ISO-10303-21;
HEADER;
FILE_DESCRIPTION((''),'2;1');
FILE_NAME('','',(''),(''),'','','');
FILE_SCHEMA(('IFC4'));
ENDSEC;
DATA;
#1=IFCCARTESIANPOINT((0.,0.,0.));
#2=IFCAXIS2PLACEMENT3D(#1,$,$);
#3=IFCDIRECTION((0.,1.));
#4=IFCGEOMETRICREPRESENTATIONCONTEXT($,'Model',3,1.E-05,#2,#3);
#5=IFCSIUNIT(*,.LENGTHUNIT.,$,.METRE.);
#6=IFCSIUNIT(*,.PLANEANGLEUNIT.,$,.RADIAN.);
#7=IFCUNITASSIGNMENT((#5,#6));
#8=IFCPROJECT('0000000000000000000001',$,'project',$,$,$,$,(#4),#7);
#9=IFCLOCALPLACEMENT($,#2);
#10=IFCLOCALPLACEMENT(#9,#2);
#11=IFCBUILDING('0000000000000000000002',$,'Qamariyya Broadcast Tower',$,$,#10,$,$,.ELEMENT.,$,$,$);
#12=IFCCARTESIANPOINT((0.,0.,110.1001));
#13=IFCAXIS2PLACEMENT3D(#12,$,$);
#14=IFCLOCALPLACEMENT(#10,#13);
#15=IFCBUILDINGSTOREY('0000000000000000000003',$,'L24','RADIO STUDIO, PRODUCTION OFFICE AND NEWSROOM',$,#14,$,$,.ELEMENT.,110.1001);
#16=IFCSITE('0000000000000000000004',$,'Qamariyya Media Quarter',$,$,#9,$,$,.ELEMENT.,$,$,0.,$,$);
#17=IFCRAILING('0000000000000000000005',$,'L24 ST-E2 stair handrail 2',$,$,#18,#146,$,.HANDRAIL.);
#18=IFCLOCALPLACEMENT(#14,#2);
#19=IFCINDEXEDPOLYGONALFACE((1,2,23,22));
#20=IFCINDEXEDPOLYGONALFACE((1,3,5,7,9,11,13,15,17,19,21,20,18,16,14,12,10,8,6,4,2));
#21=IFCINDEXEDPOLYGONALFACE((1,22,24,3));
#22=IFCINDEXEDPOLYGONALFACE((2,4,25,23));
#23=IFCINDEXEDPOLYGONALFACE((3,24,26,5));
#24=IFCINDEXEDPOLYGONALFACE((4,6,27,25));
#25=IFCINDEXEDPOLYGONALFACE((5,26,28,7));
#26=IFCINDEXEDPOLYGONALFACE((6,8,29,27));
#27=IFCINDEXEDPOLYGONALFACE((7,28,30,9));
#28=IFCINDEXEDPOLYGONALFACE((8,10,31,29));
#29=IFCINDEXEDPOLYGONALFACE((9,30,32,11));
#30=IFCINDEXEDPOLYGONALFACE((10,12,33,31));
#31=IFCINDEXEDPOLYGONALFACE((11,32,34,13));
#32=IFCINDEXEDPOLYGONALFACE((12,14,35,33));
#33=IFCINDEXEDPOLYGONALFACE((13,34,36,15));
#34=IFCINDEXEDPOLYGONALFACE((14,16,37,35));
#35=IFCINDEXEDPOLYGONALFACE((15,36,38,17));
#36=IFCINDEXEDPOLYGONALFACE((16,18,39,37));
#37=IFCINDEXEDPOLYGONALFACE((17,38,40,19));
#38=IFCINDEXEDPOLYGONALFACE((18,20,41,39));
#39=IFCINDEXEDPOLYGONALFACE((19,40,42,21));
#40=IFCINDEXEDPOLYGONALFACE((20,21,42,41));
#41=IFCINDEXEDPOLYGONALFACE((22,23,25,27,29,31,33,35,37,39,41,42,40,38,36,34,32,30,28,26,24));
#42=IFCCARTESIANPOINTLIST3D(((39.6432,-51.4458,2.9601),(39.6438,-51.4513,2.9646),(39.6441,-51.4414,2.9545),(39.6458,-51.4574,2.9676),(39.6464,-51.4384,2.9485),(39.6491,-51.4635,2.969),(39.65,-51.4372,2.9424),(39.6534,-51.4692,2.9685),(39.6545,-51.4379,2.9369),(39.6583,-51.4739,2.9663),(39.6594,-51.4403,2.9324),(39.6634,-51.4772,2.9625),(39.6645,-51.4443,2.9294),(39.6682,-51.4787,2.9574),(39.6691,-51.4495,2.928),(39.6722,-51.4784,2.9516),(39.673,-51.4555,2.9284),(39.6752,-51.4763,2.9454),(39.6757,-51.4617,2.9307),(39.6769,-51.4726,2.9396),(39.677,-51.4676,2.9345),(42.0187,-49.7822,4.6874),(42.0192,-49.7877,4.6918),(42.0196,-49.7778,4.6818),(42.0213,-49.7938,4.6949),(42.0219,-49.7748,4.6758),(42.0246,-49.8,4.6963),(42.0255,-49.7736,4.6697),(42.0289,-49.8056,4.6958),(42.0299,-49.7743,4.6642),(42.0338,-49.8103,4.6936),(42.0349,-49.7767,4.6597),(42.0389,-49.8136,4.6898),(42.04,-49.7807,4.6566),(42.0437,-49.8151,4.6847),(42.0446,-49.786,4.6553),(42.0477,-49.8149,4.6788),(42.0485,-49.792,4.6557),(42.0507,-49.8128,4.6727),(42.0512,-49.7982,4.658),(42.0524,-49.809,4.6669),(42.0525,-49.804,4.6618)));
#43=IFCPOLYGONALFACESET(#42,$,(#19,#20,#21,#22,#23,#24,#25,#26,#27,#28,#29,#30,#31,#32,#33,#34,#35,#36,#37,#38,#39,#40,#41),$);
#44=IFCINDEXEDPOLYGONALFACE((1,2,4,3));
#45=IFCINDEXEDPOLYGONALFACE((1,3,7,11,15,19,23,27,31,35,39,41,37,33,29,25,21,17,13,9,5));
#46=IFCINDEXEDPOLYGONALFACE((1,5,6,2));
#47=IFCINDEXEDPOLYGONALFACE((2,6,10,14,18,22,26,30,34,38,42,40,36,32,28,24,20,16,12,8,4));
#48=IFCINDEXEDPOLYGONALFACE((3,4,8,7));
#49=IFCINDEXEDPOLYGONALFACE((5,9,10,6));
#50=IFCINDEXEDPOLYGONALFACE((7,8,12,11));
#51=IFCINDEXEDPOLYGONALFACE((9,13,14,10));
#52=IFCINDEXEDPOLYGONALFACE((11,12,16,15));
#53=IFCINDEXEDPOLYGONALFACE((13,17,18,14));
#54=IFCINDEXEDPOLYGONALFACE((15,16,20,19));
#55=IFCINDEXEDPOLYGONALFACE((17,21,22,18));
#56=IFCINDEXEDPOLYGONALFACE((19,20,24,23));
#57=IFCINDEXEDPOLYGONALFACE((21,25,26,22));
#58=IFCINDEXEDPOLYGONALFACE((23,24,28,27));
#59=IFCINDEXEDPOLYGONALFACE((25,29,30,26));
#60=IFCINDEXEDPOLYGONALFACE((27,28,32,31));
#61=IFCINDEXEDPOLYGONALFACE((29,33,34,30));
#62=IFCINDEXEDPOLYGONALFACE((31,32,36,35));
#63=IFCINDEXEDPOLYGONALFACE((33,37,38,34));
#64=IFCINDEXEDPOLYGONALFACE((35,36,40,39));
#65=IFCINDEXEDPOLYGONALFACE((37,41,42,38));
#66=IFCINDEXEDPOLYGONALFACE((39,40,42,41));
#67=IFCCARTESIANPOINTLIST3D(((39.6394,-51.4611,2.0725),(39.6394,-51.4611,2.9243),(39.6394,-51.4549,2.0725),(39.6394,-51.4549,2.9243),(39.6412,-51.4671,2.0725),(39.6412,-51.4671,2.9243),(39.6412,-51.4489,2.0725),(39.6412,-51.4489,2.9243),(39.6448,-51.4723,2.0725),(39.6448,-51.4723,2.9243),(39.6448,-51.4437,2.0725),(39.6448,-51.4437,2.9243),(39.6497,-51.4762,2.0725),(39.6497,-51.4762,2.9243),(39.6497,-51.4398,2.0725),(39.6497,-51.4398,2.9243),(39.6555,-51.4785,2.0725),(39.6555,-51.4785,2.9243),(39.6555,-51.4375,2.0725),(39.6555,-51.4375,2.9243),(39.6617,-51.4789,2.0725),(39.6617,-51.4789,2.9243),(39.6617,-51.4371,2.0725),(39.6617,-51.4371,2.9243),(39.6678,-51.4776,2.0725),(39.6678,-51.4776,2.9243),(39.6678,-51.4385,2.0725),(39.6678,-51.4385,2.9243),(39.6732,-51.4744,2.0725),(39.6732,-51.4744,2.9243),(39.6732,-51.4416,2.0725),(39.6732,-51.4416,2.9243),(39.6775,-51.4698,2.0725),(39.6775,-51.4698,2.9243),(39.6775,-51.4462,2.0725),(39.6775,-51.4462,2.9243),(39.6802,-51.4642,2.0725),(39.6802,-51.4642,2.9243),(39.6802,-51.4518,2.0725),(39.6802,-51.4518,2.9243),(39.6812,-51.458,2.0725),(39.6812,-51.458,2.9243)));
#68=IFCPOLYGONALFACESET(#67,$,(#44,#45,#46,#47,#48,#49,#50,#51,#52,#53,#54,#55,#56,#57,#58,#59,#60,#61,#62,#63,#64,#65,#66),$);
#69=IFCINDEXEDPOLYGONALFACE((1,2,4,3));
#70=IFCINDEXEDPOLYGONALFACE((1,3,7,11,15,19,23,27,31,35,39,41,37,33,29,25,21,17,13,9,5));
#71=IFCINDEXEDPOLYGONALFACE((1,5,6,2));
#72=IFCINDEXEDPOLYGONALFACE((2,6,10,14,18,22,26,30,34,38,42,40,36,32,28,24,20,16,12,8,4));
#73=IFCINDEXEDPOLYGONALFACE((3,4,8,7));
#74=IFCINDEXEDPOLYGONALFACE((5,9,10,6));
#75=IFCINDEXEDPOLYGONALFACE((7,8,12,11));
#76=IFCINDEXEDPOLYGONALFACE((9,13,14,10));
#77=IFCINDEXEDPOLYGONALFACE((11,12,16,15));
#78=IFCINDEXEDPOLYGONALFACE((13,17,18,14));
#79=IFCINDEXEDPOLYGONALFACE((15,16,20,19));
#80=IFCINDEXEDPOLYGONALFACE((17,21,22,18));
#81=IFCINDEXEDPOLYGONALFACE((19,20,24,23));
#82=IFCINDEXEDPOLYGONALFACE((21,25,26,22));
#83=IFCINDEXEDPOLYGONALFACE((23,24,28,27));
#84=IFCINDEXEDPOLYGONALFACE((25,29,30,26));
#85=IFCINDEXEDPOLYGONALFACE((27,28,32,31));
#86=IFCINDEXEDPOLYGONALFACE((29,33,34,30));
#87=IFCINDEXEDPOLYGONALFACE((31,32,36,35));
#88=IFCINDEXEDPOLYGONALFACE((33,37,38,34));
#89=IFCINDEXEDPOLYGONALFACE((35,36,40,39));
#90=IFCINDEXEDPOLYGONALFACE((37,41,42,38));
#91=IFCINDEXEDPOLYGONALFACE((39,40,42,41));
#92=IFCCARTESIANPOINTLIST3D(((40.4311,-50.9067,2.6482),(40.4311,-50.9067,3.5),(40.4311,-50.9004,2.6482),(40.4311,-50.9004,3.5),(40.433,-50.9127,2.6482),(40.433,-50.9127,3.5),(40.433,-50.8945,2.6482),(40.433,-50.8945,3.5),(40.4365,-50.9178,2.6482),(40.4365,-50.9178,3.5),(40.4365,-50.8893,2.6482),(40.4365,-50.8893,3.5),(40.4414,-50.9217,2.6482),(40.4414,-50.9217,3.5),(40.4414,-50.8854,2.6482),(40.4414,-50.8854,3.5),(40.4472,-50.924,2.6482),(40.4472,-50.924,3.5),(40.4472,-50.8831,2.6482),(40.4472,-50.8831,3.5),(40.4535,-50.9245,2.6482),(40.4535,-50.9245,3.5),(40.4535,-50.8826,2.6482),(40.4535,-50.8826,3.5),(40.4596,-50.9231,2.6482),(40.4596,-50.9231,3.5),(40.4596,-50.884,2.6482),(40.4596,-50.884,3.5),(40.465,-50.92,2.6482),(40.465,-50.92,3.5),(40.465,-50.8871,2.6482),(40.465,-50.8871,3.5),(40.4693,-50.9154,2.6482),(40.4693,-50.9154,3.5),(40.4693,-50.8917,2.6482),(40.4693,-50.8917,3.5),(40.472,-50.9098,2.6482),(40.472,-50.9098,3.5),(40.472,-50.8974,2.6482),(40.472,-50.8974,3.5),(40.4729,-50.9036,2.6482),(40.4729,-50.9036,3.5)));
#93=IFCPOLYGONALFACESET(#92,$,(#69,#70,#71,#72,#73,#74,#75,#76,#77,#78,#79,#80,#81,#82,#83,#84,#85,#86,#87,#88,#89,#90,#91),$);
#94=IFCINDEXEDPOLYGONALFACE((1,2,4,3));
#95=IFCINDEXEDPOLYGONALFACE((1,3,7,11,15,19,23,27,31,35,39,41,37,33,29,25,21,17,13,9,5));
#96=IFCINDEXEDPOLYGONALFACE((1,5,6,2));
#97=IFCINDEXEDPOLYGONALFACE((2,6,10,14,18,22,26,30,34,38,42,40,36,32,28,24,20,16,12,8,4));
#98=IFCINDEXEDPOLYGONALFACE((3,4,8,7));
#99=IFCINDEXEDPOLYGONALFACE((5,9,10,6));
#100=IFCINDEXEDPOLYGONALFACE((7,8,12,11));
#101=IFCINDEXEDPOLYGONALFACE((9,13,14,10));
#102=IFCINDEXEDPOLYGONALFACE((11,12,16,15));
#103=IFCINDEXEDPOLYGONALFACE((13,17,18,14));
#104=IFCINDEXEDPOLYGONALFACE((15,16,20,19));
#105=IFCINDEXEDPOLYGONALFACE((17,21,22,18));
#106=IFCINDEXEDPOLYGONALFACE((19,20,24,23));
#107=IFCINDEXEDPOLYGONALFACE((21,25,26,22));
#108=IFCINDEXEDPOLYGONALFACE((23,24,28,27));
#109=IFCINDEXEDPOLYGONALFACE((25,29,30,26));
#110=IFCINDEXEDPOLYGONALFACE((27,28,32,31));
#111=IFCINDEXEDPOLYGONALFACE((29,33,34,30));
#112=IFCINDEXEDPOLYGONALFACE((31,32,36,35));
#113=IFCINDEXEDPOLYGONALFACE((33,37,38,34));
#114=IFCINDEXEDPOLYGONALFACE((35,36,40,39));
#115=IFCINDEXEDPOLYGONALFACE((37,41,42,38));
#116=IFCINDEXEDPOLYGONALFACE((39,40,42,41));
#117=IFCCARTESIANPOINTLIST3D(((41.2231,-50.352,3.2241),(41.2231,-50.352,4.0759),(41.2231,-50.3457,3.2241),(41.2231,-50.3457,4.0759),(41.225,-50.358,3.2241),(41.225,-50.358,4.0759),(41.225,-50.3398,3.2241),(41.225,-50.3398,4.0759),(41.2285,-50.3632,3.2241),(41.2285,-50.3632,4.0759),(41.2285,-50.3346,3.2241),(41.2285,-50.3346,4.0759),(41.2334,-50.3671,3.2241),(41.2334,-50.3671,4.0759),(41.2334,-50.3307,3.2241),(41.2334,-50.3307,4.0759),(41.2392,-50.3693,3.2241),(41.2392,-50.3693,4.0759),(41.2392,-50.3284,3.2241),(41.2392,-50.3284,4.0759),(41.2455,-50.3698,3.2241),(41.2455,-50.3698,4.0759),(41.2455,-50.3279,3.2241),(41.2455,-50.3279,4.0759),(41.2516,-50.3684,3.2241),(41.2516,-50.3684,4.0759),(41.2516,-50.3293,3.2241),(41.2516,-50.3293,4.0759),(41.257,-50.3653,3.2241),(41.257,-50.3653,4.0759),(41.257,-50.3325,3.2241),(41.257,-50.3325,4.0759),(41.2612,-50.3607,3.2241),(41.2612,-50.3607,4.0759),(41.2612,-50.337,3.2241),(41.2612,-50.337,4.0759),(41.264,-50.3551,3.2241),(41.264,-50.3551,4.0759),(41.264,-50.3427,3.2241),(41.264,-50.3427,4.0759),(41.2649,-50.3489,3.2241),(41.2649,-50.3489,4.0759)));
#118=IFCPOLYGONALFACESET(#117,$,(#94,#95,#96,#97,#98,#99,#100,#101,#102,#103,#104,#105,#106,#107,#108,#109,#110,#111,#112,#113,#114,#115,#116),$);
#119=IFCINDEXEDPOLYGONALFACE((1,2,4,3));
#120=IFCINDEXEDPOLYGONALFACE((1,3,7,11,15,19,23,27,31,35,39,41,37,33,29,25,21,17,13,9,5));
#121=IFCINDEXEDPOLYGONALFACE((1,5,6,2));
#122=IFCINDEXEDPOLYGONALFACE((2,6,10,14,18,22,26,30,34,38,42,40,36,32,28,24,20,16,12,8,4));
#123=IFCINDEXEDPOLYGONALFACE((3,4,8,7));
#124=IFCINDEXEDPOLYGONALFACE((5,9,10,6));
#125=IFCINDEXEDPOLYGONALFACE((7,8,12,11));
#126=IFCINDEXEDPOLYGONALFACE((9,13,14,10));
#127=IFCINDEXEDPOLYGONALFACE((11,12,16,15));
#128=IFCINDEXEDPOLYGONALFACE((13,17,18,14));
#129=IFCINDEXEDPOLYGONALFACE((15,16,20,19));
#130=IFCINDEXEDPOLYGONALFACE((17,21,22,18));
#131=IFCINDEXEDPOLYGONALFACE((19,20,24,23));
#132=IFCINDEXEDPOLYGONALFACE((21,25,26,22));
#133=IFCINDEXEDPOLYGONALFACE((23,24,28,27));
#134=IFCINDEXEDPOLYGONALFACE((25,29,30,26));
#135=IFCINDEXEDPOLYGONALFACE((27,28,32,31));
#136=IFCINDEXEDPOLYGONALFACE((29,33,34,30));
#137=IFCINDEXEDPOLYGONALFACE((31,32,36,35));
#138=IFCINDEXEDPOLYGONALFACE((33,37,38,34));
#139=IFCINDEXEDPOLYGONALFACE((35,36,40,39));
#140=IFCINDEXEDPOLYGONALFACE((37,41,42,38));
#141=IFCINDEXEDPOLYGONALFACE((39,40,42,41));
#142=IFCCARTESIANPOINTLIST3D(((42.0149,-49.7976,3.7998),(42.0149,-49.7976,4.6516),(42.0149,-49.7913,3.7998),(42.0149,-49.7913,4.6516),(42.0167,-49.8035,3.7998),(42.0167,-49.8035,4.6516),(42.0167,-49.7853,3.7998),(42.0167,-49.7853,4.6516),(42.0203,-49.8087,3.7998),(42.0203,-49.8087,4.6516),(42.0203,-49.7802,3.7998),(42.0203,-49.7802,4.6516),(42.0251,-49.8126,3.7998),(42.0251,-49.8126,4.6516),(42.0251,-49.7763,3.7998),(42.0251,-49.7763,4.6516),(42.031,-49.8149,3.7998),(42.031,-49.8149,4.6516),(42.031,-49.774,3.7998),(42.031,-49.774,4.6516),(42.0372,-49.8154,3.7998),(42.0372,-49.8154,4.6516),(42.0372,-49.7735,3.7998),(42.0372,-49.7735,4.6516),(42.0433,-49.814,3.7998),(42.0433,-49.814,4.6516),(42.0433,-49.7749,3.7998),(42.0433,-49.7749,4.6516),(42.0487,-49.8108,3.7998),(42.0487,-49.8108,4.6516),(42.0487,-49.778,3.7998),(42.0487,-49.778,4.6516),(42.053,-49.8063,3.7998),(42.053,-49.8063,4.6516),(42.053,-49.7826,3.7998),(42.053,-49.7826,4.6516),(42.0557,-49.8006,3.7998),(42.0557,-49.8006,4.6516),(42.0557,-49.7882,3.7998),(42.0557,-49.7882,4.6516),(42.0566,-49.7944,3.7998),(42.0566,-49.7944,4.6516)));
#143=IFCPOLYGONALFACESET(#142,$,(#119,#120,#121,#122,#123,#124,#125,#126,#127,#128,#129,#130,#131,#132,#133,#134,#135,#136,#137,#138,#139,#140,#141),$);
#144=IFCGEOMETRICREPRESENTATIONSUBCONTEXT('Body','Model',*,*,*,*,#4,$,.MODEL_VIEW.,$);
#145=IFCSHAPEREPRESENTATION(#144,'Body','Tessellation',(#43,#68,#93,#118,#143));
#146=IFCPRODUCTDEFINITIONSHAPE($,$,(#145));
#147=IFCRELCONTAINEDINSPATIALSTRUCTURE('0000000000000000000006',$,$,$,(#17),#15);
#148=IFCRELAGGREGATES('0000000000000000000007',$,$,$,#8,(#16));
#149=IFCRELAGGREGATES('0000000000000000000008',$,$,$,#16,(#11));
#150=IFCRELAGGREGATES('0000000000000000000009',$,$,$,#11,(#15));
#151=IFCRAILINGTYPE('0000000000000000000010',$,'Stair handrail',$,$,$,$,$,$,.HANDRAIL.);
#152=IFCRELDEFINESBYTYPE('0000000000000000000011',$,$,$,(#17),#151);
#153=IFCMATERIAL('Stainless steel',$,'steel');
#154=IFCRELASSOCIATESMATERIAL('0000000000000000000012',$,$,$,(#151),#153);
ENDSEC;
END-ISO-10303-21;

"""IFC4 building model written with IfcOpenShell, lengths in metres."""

from ifc_helpers import new_model, si_unit, direction, frame, origin, origin_2d, place, context, subcontext, project, spatial, circle, extrude, material, type_object, element, save


model = new_model("IFC4")

# Units and contexts
model_context = context("Model", 3, precision=1e-05, world=origin(), true_north=direction((0.0, 1.0)))
body_context = subcontext(model_context, "Body", "Model", "MODEL_VIEW")
ifc_project = project(units=[si_unit("LENGTHUNIT", "METRE"), si_unit("PLANEANGLEUNIT", "RADIAN")], contexts=[model_context])

# Site, building, storey
site_placement = place(None, origin())
site = spatial("IfcSite", under=ifc_project, at=site_placement, Name="Qamariyya Media Quarter", CompositionType="ELEMENT", RefElevation=0.0)
building_placement = place(site_placement, origin())
building = spatial("IfcBuilding", under=site, at=building_placement, Name="Qamariyya Broadcast Tower", CompositionType="ELEMENT")
storey_placement = place(building_placement, frame((0.0, 0.0, 110.1001)))
storey = spatial("IfcBuildingStorey", under=building, at=storey_placement, Name="L24", Description="RADIO STUDIO, PRODUCTION OFFICE AND NEWSROOM", CompositionType="ELEMENT", Elevation=110.1001)

# Railing
ifc_material_1 = material(Name="Stainless steel", Category="steel")
railing_type_1 = type_object("IfcRailingType", Name="Stair handrail", PredefinedType="HANDRAIL", material=ifc_material_1)
railing_1_placement = place(storey_placement, frame((39.6602, -51.458, 2.0725)))
element("IfcRailing", 1, at=railing_1_placement, inside=storey, type_object=railing_type_1, Name="L24 ST-E2 stair handrail 2", PredefinedType="HANDRAIL", context=body_context, shape_type="SweptSolid", body=[
    extrude(circle(Radius=0.0239, at=origin_2d()), frame((0.0, 0.0, 0.876), z_axis=(0.703745, 0.492838, 0.511716), x_axis=(-0.573632, 0.819113, 0.0)), (0.0, 0.0, 1.0), 3.3755),
    extrude(circle(Radius=0.021, at=origin_2d()), origin(), (0.0, 0.0, 1.0), 0.8518),
    extrude(circle(Radius=0.021, at=origin_2d()), frame((0.7917, 0.5544, 0.5757)), (0.0, 0.0, 1.0), 0.8518),
    extrude(circle(Radius=0.021, at=origin_2d()), frame((1.5837, 1.1091, 1.1516)), (0.0, 0.0, 1.0), 0.8518),
    extrude(circle(Radius=0.021, at=origin_2d()), frame((2.3755, 1.6636, 1.7273)), (0.0, 0.0, 1.0), 0.8518),
])

save(model, "model.ifc")
